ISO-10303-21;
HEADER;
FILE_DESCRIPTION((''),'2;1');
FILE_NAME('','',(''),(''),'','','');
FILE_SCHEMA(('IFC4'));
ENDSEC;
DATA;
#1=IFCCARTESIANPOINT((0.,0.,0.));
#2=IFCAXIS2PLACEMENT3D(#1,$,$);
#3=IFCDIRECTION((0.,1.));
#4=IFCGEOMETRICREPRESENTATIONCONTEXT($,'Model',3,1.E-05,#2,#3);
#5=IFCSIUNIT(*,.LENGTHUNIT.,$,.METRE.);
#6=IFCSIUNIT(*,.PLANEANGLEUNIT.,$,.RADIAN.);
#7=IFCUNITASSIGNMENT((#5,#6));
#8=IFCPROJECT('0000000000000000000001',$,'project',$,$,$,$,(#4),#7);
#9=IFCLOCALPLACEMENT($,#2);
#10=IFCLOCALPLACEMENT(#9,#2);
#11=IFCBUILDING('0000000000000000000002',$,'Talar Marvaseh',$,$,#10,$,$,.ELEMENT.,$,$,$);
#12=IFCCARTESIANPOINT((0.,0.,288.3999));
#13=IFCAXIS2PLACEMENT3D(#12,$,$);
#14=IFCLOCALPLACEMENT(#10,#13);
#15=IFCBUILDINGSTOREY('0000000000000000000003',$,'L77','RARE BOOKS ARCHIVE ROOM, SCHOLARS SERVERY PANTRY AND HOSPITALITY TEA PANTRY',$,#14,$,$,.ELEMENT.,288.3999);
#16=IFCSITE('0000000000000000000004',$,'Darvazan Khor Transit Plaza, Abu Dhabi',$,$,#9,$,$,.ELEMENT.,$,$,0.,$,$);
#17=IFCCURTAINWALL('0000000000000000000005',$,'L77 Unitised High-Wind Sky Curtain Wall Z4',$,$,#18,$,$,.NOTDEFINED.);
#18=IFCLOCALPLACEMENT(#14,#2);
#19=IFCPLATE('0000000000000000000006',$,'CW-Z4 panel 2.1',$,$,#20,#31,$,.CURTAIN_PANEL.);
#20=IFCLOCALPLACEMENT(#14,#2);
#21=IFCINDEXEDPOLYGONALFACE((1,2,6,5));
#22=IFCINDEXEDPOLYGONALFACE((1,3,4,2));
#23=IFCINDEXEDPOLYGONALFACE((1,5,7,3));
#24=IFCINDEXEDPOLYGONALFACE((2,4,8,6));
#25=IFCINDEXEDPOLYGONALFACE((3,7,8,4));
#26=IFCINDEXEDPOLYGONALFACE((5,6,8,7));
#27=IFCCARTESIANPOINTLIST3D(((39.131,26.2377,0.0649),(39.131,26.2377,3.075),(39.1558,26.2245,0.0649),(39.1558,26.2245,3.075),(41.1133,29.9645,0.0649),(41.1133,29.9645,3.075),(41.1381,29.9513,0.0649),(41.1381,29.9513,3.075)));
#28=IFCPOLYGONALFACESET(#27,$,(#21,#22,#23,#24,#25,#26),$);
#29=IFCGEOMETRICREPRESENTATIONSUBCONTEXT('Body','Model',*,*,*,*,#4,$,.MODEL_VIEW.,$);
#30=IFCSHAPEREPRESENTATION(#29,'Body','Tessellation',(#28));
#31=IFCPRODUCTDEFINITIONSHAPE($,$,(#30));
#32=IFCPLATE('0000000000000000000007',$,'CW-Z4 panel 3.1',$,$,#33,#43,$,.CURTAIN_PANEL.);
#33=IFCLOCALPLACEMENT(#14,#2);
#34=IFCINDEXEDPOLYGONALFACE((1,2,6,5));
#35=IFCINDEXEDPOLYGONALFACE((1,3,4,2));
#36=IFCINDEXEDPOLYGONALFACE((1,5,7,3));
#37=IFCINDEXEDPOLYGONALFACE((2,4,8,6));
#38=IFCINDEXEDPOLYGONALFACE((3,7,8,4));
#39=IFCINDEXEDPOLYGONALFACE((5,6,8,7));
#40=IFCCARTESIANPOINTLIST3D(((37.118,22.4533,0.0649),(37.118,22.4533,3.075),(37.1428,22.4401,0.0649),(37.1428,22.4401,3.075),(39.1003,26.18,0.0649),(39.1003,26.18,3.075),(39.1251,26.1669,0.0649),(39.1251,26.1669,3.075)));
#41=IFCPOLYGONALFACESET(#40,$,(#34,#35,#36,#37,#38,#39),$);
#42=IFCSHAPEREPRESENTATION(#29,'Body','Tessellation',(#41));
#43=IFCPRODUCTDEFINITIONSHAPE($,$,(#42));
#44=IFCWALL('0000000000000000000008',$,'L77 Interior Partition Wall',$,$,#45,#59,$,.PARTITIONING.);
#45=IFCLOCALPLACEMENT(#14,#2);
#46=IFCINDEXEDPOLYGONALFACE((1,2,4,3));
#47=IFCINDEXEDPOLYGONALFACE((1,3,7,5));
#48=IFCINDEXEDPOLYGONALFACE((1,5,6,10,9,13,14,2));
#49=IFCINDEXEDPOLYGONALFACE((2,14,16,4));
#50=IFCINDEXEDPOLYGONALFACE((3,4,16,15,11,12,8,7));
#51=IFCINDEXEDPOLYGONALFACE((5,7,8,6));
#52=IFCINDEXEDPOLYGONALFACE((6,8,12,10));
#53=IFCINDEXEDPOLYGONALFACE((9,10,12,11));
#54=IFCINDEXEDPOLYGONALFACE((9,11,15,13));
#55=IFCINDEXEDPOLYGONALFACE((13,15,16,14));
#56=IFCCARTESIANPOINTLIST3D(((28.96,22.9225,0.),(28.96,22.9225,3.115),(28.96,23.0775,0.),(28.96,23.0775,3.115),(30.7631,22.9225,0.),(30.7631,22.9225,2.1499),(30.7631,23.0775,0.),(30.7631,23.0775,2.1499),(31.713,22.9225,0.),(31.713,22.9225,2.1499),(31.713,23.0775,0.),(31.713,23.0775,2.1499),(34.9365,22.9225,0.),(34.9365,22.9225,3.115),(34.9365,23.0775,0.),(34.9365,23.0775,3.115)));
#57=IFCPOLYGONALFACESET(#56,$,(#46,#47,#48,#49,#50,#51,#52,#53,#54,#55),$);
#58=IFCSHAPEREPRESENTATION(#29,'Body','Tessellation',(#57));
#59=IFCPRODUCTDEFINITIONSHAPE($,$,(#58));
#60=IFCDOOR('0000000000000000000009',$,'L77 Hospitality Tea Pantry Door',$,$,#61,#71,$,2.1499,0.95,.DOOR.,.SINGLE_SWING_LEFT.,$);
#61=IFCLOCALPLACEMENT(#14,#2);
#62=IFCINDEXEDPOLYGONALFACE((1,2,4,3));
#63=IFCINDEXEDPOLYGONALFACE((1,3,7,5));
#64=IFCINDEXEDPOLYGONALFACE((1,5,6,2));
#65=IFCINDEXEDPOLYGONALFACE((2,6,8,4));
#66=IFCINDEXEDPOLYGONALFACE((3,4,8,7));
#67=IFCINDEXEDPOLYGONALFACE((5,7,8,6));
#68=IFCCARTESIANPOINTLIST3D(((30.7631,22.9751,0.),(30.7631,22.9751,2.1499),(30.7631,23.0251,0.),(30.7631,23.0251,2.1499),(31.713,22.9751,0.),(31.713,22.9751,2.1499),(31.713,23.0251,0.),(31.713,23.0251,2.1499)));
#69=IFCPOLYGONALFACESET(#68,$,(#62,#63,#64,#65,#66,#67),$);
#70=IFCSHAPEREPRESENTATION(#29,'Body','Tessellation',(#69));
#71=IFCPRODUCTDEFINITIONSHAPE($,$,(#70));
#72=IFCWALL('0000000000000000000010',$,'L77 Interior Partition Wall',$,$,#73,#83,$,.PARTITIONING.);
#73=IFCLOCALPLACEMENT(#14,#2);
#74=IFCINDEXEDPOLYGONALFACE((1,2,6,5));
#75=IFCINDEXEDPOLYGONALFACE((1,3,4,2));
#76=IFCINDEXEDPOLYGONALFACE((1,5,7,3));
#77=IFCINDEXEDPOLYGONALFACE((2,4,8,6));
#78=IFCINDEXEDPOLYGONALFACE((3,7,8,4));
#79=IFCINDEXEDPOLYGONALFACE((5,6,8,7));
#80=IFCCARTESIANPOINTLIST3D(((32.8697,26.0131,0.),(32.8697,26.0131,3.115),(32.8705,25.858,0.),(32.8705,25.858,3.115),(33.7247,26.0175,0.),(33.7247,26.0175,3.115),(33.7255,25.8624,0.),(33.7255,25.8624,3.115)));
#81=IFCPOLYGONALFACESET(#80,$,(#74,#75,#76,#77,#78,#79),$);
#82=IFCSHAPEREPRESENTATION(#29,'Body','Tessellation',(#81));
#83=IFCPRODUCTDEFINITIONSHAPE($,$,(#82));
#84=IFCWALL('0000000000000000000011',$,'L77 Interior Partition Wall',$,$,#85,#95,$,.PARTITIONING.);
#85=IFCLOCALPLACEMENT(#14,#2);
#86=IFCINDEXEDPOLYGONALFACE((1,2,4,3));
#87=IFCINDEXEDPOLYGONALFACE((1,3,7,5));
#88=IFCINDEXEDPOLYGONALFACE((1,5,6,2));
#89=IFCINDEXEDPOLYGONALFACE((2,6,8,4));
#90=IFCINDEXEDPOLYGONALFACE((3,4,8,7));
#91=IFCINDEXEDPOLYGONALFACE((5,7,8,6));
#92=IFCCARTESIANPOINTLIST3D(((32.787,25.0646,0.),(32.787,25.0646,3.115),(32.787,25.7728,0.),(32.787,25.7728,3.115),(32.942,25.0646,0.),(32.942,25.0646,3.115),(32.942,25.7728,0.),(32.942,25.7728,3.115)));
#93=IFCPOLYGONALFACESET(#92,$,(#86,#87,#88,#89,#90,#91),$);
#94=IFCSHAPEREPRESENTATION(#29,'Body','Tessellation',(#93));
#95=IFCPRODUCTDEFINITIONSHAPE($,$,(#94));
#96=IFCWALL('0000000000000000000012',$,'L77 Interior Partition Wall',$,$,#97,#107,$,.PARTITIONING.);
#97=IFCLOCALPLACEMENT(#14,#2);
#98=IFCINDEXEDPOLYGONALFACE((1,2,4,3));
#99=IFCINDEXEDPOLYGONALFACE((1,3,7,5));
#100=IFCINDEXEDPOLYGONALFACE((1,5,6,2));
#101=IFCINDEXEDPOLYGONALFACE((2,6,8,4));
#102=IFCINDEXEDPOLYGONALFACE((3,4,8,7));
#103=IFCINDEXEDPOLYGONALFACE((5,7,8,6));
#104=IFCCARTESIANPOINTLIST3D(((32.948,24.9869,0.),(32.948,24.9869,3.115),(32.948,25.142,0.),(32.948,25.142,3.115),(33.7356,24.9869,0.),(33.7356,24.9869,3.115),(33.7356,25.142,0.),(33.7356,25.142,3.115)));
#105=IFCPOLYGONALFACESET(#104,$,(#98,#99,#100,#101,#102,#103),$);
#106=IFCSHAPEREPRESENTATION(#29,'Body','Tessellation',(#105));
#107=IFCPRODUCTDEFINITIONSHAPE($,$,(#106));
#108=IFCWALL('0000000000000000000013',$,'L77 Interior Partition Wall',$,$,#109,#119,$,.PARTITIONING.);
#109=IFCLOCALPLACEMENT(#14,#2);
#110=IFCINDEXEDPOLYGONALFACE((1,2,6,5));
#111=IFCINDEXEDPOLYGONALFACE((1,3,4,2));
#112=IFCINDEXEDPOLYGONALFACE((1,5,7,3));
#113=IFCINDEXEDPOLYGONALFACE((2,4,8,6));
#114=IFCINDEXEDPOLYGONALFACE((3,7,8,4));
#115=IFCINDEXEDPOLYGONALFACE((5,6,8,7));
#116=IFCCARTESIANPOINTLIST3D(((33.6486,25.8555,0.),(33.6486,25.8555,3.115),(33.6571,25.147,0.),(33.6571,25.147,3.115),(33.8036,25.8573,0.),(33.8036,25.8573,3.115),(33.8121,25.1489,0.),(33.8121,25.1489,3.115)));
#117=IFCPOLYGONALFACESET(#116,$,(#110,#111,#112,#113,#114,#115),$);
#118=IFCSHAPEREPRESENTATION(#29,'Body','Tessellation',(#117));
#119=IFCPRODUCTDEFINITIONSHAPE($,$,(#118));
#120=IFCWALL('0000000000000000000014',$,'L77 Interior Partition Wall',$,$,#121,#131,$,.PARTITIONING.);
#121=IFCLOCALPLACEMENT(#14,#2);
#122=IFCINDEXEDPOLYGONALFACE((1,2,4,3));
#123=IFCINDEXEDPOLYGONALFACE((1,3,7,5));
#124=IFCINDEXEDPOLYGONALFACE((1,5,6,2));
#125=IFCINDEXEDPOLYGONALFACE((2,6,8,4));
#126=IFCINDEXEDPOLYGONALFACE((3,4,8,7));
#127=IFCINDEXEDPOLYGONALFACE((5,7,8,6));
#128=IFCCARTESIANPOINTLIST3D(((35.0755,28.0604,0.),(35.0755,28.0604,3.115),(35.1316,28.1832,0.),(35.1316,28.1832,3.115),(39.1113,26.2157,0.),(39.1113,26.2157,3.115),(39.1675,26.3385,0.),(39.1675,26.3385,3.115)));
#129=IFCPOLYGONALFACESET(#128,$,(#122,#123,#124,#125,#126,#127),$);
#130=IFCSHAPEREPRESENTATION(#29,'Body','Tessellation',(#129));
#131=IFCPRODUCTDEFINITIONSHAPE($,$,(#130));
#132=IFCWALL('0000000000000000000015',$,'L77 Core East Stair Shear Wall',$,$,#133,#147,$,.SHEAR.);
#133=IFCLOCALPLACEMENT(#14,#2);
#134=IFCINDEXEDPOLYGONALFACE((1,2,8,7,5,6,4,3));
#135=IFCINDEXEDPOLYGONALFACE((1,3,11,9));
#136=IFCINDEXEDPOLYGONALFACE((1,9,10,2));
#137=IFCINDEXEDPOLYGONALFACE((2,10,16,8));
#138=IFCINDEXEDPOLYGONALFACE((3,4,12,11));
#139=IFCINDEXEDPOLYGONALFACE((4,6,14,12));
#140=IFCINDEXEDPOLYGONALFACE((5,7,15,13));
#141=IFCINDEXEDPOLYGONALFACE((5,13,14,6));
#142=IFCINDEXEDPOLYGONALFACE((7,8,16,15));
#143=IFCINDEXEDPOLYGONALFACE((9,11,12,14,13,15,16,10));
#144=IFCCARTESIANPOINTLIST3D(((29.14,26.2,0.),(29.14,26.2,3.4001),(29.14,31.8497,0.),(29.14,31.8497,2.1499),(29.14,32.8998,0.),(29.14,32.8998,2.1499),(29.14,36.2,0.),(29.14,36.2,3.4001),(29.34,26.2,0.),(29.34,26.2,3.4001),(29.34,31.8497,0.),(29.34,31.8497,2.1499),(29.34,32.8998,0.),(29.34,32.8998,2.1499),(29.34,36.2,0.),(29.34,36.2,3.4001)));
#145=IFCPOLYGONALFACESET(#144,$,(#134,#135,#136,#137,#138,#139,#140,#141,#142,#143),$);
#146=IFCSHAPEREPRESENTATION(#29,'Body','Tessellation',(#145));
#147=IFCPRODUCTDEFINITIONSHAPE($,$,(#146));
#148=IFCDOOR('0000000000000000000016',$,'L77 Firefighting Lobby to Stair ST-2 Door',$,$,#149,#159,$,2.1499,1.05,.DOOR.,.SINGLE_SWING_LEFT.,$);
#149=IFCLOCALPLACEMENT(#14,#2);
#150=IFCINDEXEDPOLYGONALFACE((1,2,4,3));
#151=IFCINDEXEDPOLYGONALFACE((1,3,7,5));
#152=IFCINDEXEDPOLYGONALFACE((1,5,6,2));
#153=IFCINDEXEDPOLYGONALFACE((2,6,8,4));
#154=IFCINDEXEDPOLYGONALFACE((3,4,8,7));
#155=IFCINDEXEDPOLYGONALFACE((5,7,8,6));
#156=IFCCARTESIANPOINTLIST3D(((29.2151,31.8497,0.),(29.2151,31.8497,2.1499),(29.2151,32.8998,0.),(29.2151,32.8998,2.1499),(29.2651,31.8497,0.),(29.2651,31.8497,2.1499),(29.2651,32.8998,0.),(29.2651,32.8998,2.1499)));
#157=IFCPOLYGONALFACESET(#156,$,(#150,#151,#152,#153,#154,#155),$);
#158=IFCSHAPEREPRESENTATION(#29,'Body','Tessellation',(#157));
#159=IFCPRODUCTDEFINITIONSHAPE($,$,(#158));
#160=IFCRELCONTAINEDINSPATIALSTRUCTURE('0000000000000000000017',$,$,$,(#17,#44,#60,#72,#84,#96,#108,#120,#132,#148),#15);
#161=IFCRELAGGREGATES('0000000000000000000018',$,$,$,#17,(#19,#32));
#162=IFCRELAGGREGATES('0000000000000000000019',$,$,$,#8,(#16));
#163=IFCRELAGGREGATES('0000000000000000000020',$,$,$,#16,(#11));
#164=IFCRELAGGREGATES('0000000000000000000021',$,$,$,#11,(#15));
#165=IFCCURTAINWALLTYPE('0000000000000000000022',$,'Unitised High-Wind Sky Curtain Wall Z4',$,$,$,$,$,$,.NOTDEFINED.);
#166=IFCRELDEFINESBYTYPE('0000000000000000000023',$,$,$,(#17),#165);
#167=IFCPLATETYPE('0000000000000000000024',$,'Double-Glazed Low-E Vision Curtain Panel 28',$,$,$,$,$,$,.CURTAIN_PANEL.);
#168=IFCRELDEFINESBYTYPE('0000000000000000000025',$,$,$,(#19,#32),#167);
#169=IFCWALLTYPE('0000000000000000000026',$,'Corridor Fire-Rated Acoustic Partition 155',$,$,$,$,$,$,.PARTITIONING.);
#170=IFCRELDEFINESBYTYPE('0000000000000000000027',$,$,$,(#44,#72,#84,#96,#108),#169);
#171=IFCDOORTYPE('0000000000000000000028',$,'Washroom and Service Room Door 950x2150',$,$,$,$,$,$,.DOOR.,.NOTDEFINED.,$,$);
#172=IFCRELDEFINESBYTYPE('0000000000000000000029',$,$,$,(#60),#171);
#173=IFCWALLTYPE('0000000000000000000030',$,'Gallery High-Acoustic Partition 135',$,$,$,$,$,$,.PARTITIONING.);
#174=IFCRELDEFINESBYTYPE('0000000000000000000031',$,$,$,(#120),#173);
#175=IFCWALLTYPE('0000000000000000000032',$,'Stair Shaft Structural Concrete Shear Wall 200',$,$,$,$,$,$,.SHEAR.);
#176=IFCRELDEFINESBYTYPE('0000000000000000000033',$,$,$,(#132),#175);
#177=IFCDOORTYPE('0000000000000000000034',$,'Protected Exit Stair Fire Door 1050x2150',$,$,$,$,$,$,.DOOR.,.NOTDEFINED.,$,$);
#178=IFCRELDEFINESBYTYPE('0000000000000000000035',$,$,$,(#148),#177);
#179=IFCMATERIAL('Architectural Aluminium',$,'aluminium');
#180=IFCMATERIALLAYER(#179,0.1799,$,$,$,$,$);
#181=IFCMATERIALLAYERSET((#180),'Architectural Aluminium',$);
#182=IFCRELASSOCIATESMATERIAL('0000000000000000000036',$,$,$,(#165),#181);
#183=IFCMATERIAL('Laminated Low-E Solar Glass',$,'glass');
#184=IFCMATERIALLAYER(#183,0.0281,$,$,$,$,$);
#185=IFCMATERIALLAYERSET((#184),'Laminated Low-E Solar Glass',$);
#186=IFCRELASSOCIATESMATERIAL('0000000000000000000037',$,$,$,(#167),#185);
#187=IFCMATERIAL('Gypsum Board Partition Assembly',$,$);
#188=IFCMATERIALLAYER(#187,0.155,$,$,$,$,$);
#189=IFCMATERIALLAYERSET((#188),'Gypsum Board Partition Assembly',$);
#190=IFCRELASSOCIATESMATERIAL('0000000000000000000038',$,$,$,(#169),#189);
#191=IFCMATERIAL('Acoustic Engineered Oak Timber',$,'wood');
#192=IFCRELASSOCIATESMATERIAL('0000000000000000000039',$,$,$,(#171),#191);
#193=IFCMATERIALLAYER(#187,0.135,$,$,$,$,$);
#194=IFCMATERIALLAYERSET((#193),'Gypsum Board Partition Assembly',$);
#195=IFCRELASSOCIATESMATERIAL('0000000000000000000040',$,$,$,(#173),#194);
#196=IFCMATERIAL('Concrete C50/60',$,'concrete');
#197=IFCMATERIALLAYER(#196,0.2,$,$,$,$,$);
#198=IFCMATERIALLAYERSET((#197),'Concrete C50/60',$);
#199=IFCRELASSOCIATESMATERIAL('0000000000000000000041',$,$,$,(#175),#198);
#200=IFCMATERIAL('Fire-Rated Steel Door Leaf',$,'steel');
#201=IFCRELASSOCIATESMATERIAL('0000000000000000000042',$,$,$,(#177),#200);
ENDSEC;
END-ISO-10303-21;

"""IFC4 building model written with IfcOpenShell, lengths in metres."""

from ifc_helpers import new_model, si_unit, direction, frame, frame_2d, origin, origin_2d, place, context, subcontext, project, spatial, rectangle, extrude, source, transform, mapped, material, layer, layer_set, type_object, type_shapes, element, fill, aggregate, save


model = new_model("IFC4")

# Units and contexts
model_context = context("Model", 3, precision=1e-05, world=origin(), true_north=direction((0.0, 1.0)))
body_context = subcontext(model_context, "Body", "Model", "MODEL_VIEW")
ifc_project = project(units=[si_unit("LENGTHUNIT", "METRE"), si_unit("PLANEANGLEUNIT", "RADIAN")], contexts=[model_context])

# Site, building, storey
site_placement = place(None, origin())
site = spatial("IfcSite", under=ifc_project, at=site_placement, Name="Darvazan Khor Transit Plaza, Abu Dhabi", CompositionType="ELEMENT", RefElevation=0.0)
building_placement = place(site_placement, origin())
building = spatial("IfcBuilding", under=site, at=building_placement, Name="Talar Marvaseh", CompositionType="ELEMENT")
storey_placement = place(building_placement, frame((0.0, 0.0, 288.3999)))
storey = spatial("IfcBuildingStorey", under=building, at=storey_placement, Name="L77", Description="RARE BOOKS ARCHIVE ROOM, SCHOLARS SERVERY PANTRY AND HOSPITALITY TEA PANTRY", CompositionType="ELEMENT", Elevation=288.3999)

# Shared definitions
ifc_material_1 = material(Name="Concrete C50/60", Category="concrete")

# Curtain wall, plates
ifc_material_2 = material(Name="Architectural Aluminium", Category="aluminium")
ifc_layer_1 = layer(ifc_material_2, 0.1799)
ifc_layer_set_1 = layer_set([ifc_layer_1], Name="Architectural Aluminium")
curtain_wall_type = type_object("IfcCurtainWallType", Name="Unitised High-Wind Sky Curtain Wall Z4", PredefinedType="NOTDEFINED", material=ifc_layer_set_1)
curtain_wall_placement = place(storey_placement, origin())
curtain_wall = element("IfcCurtainWall", 1, at=curtain_wall_placement, inside=storey, type_object=curtain_wall_type, Name="L77 Unitised High-Wind Sky Curtain Wall Z4", PredefinedType="NOTDEFINED")
ifc_material_3 = material(Name="Laminated Low-E Solar Glass", Category="glass")
ifc_layer_2 = layer(ifc_material_3, 0.0281)
ifc_layer_set_2 = layer_set([ifc_layer_2], Name="Laminated Low-E Solar Glass")
plate_type = type_object("IfcPlateType", Name="Double-Glazed Low-E Vision Curtain Panel 28", PredefinedType="CURTAIN_PANEL", material=ifc_layer_set_2)
shared_shape_1 = source(origin(), body_context, "Body", "SweptSolid", [
    extrude(rectangle(XDim=4.2212, YDim=0.0281, at=origin_2d()), origin(), (0.0, 0.0, 1.0), 3.01),
])
type_shapes(plate_type, [shared_shape_1])
plate_1_placement = place(storey_placement, frame((40.1345, 28.0945, 0.0649), z_axis=(0.0, 0.0, 1.0), x_axis=(-0.469604, -0.882877, 0.0)))
plate_1 = element("IfcPlate", 2, at=plate_1_placement, type_object=plate_type, Name="CW-Z4 panel 2.1", PredefinedType="CURTAIN_PANEL", context=body_context, shape_type="MappedRepresentation", body=[
    mapped(shared_shape_1, transform((0.0, 0.0, 0.0), x_axis=(1.0, 0.0, 0.0), y_axis=(0.0, 1.0, 0.0), z_axis=(0.0, 0.0, 1.0), scale=1.0)),
])
plate_2_placement = place(storey_placement, frame((38.1216, 24.3101, 0.0649), z_axis=(0.0, 0.0, 1.0), x_axis=(-0.469604, -0.882877, 0.0)))
plate_2 = element("IfcPlate", 3, at=plate_2_placement, type_object=plate_type, Name="CW-Z4 panel 3.1", PredefinedType="CURTAIN_PANEL", context=body_context, shape_type="MappedRepresentation", body=[
    mapped(shared_shape_1, transform((0.0, 0.0, 0.0), x_axis=(1.0, 0.0, 0.0), y_axis=(0.0, 1.0, 0.0), z_axis=(0.0, 0.0, 1.0), scale=1.0)),
])
aggregate(curtain_wall, [plate_1, plate_2])

# Wall, opening, door
ifc_material_4 = material(Name="Gypsum Board Partition Assembly")
ifc_layer_3 = layer(ifc_material_4, 0.155)
ifc_layer_set_3 = layer_set([ifc_layer_3], Name="Gypsum Board Partition Assembly")
wall_type_1 = type_object("IfcWallType", Name="Corridor Fire-Rated Acoustic Partition 155", PredefinedType="PARTITIONING", material=ifc_layer_set_3)
wall_1_placement = place(storey_placement, frame((34.9365, 23.0, 0.0), z_axis=(0.0, 0.0, 1.0), x_axis=(-1.0, 0.0, 0.0)))
wall_1 = element("IfcWall", 4, at=wall_1_placement, inside=storey, type_object=wall_type_1, Name="L77 Interior Partition Wall", PredefinedType="PARTITIONING", context=body_context, shape_type="SweptSolid", body=[
    extrude(rectangle(XDim=5.9766, YDim=0.155, at=frame_2d((2.9883, 0.0))), origin(), (0.0, 0.0, 1.0), 3.115),
])
opening_1_placement = place(wall_1_placement, frame((3.2234, 0.0, 0.0)))
opening_1 = element("IfcOpeningElement", 5, at=opening_1_placement, cuts=wall_1, PredefinedType="OPENING", context=body_context, shape_type="SweptSolid", body=[
    extrude(rectangle(XDim=0.95, YDim=2.1499, at=frame_2d((0.4751, 1.075))), frame((0.0, 0.0874, 0.0), z_axis=(0.0, -1.0, 0.0), x_axis=(1.0, 0.0, 0.0)), (0.0, 0.0, 1.0), 0.175),
])
ifc_material_5 = material(Name="Acoustic Engineered Oak Timber", Category="wood")
door_type_1 = type_object("IfcDoorType", Name="Washroom and Service Room Door 950x2150", OperationType="NOTDEFINED", PredefinedType="DOOR", material=ifc_material_5)
shared_shape_2 = source(origin(), body_context, "Body", "SweptSolid", [
    extrude(rectangle(XDim=0.95, YDim=2.1499, at=frame_2d((0.4751, 1.075))), frame((0.0, 0.0249, 0.0), z_axis=(0.0, -1.0, 0.0), x_axis=(1.0, 0.0, 0.0)), (0.0, 0.0, 1.0), 0.05),
])
type_shapes(door_type_1, [shared_shape_2])
door_1_placement = place(opening_1_placement, origin())
door_1 = element("IfcDoor", 6, at=door_1_placement, inside=storey, type_object=door_type_1, Name="L77 Hospitality Tea Pantry Door", OperationType="SINGLE_SWING_LEFT", OverallHeight=2.1499, OverallWidth=0.95, PredefinedType="DOOR", context=body_context, shape_type="MappedRepresentation", body=[
    mapped(shared_shape_2, transform((0.0, 0.0, 0.0), x_axis=(1.0, 0.0, 0.0), y_axis=(0.0, 1.0, 0.0), z_axis=(0.0, 0.0, 1.0), scale=1.0)),
])
fill(opening_1, door_1)

# Walls
wall_2_placement = place(storey_placement, frame((33.7251, 25.9399, 0.0), z_axis=(0.0, 0.0, 1.0), x_axis=(-0.999987, -0.00514, 0.0)))
element("IfcWall", 7, at=wall_2_placement, inside=storey, type_object=wall_type_1, Name="L77 Interior Partition Wall", PredefinedType="PARTITIONING", context=body_context, shape_type="SweptSolid", body=[
    extrude(rectangle(XDim=0.855, YDim=0.155, at=frame_2d((0.4275, 0.0))), origin(), (0.0, 0.0, 1.0), 3.115),
])
wall_3_placement = place(storey_placement, frame((32.8645, 25.7727, 0.0), z_axis=(0.0, 0.0, 1.0), x_axis=(0.0, -1.0, 0.0)))
element("IfcWall", 8, at=wall_3_placement, inside=storey, type_object=wall_type_1, Name="L77 Interior Partition Wall", PredefinedType="PARTITIONING", context=body_context, shape_type="SweptSolid", body=[
    extrude(rectangle(XDim=0.7083, YDim=0.155, at=frame_2d((0.354, 0.0))), origin(), (0.0, 0.0, 1.0), 3.115),
])
wall_4_placement = place(storey_placement, frame((32.948, 25.0645, 0.0), z_axis=(0.0, 0.0, 1.0), x_axis=(1.0, 0.0, 0.0)))
element("IfcWall", 9, at=wall_4_placement, inside=storey, type_object=wall_type_1, Name="L77 Interior Partition Wall", PredefinedType="PARTITIONING", context=body_context, shape_type="SweptSolid", body=[
    extrude(rectangle(XDim=0.7876, YDim=0.155, at=frame_2d((0.3938, 0.0))), origin(), (0.0, 0.0, 1.0), 3.115),
])
wall_5_placement = place(storey_placement, frame((33.7346, 25.1479, 0.0), z_axis=(0.0, 0.0, 1.0), x_axis=(-0.01206, 0.999927, 0.0)))
element("IfcWall", 10, at=wall_5_placement, inside=storey, type_object=wall_type_1, Name="L77 Interior Partition Wall", PredefinedType="PARTITIONING", context=body_context, shape_type="SweptSolid", body=[
    extrude(rectangle(XDim=0.7085, YDim=0.155, at=frame_2d((0.3542, 0.0))), origin(), (0.0, 0.0, 1.0), 3.115),
])
ifc_layer_4 = layer(ifc_material_4, 0.135)
ifc_layer_set_4 = layer_set([ifc_layer_4], Name="Gypsum Board Partition Assembly")
wall_type_2 = type_object("IfcWallType", Name="Gallery High-Acoustic Partition 135", PredefinedType="PARTITIONING", material=ifc_layer_set_4)
wall_6_placement = place(storey_placement, frame((35.1035, 28.1218, 0.0), z_axis=(0.0, 0.0, 1.0), x_axis=(0.909496, -0.415713, 0.0)))
element("IfcWall", 11, at=wall_6_placement, inside=storey, type_object=wall_type_2, Name="L77 Interior Partition Wall", PredefinedType="PARTITIONING", context=body_context, shape_type="SweptSolid", body=[
    extrude(rectangle(XDim=4.4375, YDim=0.135, at=frame_2d((2.2188, 0.0))), origin(), (0.0, 0.0, 1.0), 3.115),
])

# Wall, opening, door
ifc_layer_5 = layer(ifc_material_1, 0.2)
ifc_layer_set_5 = layer_set([ifc_layer_5], Name="Concrete C50/60")
wall_type_3 = type_object("IfcWallType", Name="Stair Shaft Structural Concrete Shear Wall 200", PredefinedType="SHEAR", material=ifc_layer_set_5)
wall_7_placement = place(storey_placement, frame((29.24, 26.2, 0.0), z_axis=(0.0, 0.0, 1.0), x_axis=(0.0, 1.0, 0.0)))
wall_7 = element("IfcWall", 12, at=wall_7_placement, inside=storey, type_object=wall_type_3, Name="L77 Core East Stair Shear Wall", PredefinedType="SHEAR", context=body_context, shape_type="SweptSolid", body=[
    extrude(rectangle(XDim=10.0, YDim=0.2, at=frame_2d((5.0, 0.0))), origin(), (0.0, 0.0, 1.0), 3.4001),
])
opening_2_placement = place(wall_7_placement, frame((5.6499, 0.0, 0.0)))
opening_2 = element("IfcOpeningElement", 13, at=opening_2_placement, cuts=wall_7, PredefinedType="OPENING", context=body_context, shape_type="SweptSolid", body=[
    extrude(rectangle(XDim=1.05, YDim=2.1499, at=frame_2d((0.5249, 1.075))), frame((0.0, 0.1099, 0.0), z_axis=(0.0, -1.0, 0.0), x_axis=(1.0, 0.0, 0.0)), (0.0, 0.0, 1.0), 0.22),
])
ifc_material_6 = material(Name="Fire-Rated Steel Door Leaf", Category="steel")
door_type_2 = type_object("IfcDoorType", Name="Protected Exit Stair Fire Door 1050x2150", OperationType="NOTDEFINED", PredefinedType="DOOR", material=ifc_material_6)
shared_shape_3 = source(origin(), body_context, "Body", "SweptSolid", [
    extrude(rectangle(XDim=1.05, YDim=2.1499, at=frame_2d((0.5249, 1.075))), frame((0.0, 0.0249, 0.0), z_axis=(0.0, -1.0, 0.0), x_axis=(1.0, 0.0, 0.0)), (0.0, 0.0, 1.0), 0.05),
])
type_shapes(door_type_2, [shared_shape_3])
door_2_placement = place(opening_2_placement, origin())
door_2 = element("IfcDoor", 14, at=door_2_placement, inside=storey, type_object=door_type_2, Name="L77 Firefighting Lobby to Stair ST-2 Door", OperationType="SINGLE_SWING_LEFT", OverallHeight=2.1499, OverallWidth=1.05, PredefinedType="DOOR", context=body_context, shape_type="MappedRepresentation", body=[
    mapped(shared_shape_3, transform((0.0, 0.0, 0.0), x_axis=(1.0, 0.0, 0.0), y_axis=(0.0, 1.0, 0.0), z_axis=(0.0, 0.0, 1.0), scale=1.0)),
])
fill(opening_2, door_2)

save(model, "model.ifc")
